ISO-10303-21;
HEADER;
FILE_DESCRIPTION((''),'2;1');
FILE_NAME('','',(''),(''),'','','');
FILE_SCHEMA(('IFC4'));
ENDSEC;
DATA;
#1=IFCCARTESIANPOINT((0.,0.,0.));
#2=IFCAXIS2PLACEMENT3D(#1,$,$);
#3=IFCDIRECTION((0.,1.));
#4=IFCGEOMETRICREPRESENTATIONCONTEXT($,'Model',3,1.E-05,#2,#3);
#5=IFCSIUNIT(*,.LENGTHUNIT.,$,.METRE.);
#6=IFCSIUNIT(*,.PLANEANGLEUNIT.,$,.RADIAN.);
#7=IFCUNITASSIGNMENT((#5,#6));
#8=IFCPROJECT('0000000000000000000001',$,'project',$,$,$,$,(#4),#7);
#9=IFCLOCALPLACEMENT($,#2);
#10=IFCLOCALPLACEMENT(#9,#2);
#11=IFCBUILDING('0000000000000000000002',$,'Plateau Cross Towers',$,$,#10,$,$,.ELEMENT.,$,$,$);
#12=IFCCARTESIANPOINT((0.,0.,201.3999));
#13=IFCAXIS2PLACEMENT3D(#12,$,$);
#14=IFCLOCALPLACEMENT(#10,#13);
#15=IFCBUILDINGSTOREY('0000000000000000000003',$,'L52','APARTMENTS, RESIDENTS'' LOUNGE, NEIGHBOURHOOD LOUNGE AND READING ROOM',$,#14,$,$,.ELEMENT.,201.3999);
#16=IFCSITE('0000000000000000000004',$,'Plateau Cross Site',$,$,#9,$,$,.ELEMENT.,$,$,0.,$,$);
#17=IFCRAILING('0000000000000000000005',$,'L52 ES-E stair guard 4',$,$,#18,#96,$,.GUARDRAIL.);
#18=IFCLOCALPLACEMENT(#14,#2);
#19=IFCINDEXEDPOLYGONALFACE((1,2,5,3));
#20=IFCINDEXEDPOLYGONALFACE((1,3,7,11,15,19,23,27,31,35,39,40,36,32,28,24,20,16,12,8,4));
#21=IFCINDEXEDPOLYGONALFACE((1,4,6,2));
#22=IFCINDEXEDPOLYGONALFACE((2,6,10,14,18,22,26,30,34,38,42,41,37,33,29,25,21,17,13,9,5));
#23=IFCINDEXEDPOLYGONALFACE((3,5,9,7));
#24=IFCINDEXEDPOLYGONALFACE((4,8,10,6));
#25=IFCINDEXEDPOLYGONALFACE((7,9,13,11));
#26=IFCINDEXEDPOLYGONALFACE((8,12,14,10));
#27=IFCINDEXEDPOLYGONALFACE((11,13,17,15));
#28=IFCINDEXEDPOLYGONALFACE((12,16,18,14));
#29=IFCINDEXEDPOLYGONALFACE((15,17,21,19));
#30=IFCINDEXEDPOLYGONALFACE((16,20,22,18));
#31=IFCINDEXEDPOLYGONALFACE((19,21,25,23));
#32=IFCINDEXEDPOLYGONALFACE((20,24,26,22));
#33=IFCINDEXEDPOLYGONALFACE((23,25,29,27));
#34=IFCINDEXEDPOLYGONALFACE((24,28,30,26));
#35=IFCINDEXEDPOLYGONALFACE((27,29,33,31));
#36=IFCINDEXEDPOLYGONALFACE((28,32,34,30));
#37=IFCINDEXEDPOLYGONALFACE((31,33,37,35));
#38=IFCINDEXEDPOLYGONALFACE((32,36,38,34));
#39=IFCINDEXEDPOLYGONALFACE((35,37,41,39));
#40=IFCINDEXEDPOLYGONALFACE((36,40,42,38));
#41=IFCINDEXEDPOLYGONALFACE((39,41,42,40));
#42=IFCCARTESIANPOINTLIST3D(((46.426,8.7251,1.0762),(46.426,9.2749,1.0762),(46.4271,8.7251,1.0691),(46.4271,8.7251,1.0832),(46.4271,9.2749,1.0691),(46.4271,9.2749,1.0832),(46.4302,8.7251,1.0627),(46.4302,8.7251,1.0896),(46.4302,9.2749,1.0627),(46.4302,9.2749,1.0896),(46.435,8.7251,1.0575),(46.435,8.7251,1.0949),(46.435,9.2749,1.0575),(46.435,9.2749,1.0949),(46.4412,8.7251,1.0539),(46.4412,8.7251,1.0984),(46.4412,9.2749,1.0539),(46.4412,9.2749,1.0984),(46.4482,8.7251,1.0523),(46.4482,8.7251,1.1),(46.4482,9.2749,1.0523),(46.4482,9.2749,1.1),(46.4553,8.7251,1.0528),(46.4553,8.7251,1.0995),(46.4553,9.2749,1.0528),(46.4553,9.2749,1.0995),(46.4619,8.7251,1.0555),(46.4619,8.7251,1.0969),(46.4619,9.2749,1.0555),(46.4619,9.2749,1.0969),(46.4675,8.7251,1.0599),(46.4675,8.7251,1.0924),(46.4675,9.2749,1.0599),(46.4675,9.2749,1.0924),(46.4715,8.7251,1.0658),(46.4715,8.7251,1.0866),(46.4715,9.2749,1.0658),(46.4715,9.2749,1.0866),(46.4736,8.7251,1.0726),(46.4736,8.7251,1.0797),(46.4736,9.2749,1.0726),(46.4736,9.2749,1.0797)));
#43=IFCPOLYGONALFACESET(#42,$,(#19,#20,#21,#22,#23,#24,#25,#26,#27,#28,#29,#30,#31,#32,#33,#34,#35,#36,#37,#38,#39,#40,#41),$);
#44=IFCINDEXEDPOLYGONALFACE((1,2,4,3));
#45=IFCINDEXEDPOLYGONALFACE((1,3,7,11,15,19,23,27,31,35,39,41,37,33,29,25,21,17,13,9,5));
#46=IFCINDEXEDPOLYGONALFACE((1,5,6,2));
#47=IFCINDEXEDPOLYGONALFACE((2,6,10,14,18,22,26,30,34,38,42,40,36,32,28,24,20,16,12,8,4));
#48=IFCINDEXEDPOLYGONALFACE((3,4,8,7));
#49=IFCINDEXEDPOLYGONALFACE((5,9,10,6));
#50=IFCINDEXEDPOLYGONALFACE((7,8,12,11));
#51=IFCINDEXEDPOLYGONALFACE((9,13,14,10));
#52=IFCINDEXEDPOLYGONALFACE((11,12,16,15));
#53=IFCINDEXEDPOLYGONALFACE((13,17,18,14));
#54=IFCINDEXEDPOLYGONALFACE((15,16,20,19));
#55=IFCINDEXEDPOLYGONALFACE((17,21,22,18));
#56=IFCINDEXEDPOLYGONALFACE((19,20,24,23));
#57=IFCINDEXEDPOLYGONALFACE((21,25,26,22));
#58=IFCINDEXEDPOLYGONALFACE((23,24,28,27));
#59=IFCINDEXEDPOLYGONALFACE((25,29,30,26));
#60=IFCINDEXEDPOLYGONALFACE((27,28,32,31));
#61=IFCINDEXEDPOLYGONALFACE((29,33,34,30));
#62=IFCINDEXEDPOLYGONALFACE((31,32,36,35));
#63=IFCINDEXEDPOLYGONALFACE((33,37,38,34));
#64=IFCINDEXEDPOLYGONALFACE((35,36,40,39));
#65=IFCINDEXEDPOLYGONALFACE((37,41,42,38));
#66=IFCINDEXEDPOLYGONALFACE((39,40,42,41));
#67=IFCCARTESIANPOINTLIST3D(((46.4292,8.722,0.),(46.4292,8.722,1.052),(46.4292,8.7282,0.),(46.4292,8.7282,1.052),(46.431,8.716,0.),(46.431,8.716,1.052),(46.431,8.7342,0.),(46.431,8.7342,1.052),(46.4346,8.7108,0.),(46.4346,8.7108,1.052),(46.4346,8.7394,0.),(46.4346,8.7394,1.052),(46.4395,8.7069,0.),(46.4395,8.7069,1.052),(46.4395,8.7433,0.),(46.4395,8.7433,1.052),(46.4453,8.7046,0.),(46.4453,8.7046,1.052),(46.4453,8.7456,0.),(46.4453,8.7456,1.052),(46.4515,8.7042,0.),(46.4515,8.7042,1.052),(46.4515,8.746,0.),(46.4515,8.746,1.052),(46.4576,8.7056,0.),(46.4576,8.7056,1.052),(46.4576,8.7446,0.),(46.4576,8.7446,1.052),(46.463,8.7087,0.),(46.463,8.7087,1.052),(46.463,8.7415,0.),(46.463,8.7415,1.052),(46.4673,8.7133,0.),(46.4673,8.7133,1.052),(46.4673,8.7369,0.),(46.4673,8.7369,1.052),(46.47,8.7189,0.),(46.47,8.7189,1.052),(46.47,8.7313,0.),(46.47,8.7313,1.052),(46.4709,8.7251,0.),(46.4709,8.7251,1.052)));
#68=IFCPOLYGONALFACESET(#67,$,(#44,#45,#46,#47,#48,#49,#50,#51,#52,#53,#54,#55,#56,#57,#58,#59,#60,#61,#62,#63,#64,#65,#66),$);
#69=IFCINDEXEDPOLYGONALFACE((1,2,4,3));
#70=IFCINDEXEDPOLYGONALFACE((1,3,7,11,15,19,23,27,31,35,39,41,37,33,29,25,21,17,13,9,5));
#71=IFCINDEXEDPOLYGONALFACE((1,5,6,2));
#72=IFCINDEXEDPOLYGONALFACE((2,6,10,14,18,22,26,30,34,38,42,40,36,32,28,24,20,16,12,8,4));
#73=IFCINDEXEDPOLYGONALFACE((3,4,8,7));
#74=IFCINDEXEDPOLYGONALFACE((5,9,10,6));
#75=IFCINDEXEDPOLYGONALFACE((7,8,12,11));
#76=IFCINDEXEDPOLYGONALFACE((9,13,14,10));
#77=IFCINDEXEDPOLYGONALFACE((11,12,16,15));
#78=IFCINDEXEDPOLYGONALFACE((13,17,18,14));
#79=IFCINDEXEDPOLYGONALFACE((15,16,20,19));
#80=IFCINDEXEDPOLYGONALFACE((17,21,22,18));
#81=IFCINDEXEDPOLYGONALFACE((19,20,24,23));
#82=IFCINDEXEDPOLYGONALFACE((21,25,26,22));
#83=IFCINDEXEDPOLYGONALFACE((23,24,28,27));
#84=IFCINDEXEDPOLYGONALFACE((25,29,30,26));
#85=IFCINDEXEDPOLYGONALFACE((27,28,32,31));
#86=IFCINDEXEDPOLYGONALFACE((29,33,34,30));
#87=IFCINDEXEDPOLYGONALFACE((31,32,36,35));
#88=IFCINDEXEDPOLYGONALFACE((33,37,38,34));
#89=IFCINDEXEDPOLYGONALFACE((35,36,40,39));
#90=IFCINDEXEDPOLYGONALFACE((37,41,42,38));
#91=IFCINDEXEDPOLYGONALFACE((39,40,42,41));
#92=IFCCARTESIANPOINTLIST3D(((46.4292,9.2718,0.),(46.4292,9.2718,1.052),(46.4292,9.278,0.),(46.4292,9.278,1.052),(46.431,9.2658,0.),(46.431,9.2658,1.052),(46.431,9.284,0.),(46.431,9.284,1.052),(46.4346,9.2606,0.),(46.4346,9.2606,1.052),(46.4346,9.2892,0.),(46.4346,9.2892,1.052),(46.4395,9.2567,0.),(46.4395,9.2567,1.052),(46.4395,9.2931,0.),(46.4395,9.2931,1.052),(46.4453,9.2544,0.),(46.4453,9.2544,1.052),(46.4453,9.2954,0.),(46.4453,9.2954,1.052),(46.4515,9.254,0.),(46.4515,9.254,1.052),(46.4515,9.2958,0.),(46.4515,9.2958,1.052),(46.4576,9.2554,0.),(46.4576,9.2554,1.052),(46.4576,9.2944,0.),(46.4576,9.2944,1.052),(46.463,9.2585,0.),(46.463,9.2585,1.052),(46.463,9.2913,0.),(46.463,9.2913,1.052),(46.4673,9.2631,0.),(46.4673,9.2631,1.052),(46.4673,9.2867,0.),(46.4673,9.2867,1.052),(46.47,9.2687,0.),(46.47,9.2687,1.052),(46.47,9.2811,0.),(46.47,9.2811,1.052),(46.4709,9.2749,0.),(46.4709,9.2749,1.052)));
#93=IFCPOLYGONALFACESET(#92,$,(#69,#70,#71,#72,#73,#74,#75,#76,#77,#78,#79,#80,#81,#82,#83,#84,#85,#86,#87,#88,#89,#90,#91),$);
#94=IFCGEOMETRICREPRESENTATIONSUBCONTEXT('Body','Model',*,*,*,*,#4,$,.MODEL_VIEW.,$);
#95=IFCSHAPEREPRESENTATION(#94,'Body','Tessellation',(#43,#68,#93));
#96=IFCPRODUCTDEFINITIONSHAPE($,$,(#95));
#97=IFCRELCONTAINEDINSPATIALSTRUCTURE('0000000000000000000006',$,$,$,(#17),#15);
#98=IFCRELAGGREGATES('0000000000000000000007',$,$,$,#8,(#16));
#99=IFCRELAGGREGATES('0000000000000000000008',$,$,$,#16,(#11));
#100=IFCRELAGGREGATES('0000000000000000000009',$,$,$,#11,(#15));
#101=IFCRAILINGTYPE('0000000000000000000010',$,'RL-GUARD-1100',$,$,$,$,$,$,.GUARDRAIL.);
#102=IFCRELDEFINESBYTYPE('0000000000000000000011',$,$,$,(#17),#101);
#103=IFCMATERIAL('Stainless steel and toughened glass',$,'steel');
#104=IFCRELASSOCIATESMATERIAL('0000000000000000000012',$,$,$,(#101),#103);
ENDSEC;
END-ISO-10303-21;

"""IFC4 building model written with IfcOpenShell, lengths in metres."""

from ifc_helpers import new_model, si_unit, direction, frame, origin, origin_2d, place, context, subcontext, project, spatial, circle, extrude, material, type_object, element, save


model = new_model("IFC4")

# Units and contexts
model_context = context("Model", 3, precision=1e-05, world=origin(), true_north=direction((0.0, 1.0)))
body_context = subcontext(model_context, "Body", "Model", "MODEL_VIEW")
ifc_project = project(units=[si_unit("LENGTHUNIT", "METRE"), si_unit("PLANEANGLEUNIT", "RADIAN")], contexts=[model_context])

# Site, building, storey
site_placement = place(None, origin())
site = spatial("IfcSite", under=ifc_project, at=site_placement, Name="Plateau Cross Site", CompositionType="ELEMENT", RefElevation=0.0)
building_placement = place(site_placement, origin())
building = spatial("IfcBuilding", under=site, at=building_placement, Name="Plateau Cross Towers", CompositionType="ELEMENT")
storey_placement = place(building_placement, frame((0.0, 0.0, 201.3999)))
storey = spatial("IfcBuildingStorey", under=building, at=storey_placement, Name="L52", Description="APARTMENTS, RESIDENTS' LOUNGE, NEIGHBOURHOOD LOUNGE AND READING ROOM", CompositionType="ELEMENT", Elevation=201.3999)

# Railing
ifc_material_1 = material(Name="Stainless steel and toughened glass", Category="steel")
railing_type_1 = type_object("IfcRailingType", Name="RL-GUARD-1100", PredefinedType="GUARDRAIL", material=ifc_material_1)
railing_1_placement = place(storey_placement, frame((46.45, 8.7251, 0.0)))
element("IfcRailing", 1, at=railing_1_placement, inside=storey, type_object=railing_type_1, Name="L52 ES-E stair guard 4", PredefinedType="GUARDRAIL", context=body_context, shape_type="SweptSolid", body=[
    extrude(circle(Radius=0.0239, at=origin_2d()), frame((0.0, 0.0, 1.0762), z_axis=(0.0, 1.0, 0.0), x_axis=(-1.0, 0.0, 0.0)), (0.0, 0.0, 1.0), 0.5498),
    extrude(circle(Radius=0.021, at=origin_2d()), origin(), (0.0, 0.0, 1.0), 1.052),
    extrude(circle(Radius=0.021, at=origin_2d()), frame((0.0, 0.5498, 0.0)), (0.0, 0.0, 1.0), 1.052),
])

save(model, "model.ifc")
